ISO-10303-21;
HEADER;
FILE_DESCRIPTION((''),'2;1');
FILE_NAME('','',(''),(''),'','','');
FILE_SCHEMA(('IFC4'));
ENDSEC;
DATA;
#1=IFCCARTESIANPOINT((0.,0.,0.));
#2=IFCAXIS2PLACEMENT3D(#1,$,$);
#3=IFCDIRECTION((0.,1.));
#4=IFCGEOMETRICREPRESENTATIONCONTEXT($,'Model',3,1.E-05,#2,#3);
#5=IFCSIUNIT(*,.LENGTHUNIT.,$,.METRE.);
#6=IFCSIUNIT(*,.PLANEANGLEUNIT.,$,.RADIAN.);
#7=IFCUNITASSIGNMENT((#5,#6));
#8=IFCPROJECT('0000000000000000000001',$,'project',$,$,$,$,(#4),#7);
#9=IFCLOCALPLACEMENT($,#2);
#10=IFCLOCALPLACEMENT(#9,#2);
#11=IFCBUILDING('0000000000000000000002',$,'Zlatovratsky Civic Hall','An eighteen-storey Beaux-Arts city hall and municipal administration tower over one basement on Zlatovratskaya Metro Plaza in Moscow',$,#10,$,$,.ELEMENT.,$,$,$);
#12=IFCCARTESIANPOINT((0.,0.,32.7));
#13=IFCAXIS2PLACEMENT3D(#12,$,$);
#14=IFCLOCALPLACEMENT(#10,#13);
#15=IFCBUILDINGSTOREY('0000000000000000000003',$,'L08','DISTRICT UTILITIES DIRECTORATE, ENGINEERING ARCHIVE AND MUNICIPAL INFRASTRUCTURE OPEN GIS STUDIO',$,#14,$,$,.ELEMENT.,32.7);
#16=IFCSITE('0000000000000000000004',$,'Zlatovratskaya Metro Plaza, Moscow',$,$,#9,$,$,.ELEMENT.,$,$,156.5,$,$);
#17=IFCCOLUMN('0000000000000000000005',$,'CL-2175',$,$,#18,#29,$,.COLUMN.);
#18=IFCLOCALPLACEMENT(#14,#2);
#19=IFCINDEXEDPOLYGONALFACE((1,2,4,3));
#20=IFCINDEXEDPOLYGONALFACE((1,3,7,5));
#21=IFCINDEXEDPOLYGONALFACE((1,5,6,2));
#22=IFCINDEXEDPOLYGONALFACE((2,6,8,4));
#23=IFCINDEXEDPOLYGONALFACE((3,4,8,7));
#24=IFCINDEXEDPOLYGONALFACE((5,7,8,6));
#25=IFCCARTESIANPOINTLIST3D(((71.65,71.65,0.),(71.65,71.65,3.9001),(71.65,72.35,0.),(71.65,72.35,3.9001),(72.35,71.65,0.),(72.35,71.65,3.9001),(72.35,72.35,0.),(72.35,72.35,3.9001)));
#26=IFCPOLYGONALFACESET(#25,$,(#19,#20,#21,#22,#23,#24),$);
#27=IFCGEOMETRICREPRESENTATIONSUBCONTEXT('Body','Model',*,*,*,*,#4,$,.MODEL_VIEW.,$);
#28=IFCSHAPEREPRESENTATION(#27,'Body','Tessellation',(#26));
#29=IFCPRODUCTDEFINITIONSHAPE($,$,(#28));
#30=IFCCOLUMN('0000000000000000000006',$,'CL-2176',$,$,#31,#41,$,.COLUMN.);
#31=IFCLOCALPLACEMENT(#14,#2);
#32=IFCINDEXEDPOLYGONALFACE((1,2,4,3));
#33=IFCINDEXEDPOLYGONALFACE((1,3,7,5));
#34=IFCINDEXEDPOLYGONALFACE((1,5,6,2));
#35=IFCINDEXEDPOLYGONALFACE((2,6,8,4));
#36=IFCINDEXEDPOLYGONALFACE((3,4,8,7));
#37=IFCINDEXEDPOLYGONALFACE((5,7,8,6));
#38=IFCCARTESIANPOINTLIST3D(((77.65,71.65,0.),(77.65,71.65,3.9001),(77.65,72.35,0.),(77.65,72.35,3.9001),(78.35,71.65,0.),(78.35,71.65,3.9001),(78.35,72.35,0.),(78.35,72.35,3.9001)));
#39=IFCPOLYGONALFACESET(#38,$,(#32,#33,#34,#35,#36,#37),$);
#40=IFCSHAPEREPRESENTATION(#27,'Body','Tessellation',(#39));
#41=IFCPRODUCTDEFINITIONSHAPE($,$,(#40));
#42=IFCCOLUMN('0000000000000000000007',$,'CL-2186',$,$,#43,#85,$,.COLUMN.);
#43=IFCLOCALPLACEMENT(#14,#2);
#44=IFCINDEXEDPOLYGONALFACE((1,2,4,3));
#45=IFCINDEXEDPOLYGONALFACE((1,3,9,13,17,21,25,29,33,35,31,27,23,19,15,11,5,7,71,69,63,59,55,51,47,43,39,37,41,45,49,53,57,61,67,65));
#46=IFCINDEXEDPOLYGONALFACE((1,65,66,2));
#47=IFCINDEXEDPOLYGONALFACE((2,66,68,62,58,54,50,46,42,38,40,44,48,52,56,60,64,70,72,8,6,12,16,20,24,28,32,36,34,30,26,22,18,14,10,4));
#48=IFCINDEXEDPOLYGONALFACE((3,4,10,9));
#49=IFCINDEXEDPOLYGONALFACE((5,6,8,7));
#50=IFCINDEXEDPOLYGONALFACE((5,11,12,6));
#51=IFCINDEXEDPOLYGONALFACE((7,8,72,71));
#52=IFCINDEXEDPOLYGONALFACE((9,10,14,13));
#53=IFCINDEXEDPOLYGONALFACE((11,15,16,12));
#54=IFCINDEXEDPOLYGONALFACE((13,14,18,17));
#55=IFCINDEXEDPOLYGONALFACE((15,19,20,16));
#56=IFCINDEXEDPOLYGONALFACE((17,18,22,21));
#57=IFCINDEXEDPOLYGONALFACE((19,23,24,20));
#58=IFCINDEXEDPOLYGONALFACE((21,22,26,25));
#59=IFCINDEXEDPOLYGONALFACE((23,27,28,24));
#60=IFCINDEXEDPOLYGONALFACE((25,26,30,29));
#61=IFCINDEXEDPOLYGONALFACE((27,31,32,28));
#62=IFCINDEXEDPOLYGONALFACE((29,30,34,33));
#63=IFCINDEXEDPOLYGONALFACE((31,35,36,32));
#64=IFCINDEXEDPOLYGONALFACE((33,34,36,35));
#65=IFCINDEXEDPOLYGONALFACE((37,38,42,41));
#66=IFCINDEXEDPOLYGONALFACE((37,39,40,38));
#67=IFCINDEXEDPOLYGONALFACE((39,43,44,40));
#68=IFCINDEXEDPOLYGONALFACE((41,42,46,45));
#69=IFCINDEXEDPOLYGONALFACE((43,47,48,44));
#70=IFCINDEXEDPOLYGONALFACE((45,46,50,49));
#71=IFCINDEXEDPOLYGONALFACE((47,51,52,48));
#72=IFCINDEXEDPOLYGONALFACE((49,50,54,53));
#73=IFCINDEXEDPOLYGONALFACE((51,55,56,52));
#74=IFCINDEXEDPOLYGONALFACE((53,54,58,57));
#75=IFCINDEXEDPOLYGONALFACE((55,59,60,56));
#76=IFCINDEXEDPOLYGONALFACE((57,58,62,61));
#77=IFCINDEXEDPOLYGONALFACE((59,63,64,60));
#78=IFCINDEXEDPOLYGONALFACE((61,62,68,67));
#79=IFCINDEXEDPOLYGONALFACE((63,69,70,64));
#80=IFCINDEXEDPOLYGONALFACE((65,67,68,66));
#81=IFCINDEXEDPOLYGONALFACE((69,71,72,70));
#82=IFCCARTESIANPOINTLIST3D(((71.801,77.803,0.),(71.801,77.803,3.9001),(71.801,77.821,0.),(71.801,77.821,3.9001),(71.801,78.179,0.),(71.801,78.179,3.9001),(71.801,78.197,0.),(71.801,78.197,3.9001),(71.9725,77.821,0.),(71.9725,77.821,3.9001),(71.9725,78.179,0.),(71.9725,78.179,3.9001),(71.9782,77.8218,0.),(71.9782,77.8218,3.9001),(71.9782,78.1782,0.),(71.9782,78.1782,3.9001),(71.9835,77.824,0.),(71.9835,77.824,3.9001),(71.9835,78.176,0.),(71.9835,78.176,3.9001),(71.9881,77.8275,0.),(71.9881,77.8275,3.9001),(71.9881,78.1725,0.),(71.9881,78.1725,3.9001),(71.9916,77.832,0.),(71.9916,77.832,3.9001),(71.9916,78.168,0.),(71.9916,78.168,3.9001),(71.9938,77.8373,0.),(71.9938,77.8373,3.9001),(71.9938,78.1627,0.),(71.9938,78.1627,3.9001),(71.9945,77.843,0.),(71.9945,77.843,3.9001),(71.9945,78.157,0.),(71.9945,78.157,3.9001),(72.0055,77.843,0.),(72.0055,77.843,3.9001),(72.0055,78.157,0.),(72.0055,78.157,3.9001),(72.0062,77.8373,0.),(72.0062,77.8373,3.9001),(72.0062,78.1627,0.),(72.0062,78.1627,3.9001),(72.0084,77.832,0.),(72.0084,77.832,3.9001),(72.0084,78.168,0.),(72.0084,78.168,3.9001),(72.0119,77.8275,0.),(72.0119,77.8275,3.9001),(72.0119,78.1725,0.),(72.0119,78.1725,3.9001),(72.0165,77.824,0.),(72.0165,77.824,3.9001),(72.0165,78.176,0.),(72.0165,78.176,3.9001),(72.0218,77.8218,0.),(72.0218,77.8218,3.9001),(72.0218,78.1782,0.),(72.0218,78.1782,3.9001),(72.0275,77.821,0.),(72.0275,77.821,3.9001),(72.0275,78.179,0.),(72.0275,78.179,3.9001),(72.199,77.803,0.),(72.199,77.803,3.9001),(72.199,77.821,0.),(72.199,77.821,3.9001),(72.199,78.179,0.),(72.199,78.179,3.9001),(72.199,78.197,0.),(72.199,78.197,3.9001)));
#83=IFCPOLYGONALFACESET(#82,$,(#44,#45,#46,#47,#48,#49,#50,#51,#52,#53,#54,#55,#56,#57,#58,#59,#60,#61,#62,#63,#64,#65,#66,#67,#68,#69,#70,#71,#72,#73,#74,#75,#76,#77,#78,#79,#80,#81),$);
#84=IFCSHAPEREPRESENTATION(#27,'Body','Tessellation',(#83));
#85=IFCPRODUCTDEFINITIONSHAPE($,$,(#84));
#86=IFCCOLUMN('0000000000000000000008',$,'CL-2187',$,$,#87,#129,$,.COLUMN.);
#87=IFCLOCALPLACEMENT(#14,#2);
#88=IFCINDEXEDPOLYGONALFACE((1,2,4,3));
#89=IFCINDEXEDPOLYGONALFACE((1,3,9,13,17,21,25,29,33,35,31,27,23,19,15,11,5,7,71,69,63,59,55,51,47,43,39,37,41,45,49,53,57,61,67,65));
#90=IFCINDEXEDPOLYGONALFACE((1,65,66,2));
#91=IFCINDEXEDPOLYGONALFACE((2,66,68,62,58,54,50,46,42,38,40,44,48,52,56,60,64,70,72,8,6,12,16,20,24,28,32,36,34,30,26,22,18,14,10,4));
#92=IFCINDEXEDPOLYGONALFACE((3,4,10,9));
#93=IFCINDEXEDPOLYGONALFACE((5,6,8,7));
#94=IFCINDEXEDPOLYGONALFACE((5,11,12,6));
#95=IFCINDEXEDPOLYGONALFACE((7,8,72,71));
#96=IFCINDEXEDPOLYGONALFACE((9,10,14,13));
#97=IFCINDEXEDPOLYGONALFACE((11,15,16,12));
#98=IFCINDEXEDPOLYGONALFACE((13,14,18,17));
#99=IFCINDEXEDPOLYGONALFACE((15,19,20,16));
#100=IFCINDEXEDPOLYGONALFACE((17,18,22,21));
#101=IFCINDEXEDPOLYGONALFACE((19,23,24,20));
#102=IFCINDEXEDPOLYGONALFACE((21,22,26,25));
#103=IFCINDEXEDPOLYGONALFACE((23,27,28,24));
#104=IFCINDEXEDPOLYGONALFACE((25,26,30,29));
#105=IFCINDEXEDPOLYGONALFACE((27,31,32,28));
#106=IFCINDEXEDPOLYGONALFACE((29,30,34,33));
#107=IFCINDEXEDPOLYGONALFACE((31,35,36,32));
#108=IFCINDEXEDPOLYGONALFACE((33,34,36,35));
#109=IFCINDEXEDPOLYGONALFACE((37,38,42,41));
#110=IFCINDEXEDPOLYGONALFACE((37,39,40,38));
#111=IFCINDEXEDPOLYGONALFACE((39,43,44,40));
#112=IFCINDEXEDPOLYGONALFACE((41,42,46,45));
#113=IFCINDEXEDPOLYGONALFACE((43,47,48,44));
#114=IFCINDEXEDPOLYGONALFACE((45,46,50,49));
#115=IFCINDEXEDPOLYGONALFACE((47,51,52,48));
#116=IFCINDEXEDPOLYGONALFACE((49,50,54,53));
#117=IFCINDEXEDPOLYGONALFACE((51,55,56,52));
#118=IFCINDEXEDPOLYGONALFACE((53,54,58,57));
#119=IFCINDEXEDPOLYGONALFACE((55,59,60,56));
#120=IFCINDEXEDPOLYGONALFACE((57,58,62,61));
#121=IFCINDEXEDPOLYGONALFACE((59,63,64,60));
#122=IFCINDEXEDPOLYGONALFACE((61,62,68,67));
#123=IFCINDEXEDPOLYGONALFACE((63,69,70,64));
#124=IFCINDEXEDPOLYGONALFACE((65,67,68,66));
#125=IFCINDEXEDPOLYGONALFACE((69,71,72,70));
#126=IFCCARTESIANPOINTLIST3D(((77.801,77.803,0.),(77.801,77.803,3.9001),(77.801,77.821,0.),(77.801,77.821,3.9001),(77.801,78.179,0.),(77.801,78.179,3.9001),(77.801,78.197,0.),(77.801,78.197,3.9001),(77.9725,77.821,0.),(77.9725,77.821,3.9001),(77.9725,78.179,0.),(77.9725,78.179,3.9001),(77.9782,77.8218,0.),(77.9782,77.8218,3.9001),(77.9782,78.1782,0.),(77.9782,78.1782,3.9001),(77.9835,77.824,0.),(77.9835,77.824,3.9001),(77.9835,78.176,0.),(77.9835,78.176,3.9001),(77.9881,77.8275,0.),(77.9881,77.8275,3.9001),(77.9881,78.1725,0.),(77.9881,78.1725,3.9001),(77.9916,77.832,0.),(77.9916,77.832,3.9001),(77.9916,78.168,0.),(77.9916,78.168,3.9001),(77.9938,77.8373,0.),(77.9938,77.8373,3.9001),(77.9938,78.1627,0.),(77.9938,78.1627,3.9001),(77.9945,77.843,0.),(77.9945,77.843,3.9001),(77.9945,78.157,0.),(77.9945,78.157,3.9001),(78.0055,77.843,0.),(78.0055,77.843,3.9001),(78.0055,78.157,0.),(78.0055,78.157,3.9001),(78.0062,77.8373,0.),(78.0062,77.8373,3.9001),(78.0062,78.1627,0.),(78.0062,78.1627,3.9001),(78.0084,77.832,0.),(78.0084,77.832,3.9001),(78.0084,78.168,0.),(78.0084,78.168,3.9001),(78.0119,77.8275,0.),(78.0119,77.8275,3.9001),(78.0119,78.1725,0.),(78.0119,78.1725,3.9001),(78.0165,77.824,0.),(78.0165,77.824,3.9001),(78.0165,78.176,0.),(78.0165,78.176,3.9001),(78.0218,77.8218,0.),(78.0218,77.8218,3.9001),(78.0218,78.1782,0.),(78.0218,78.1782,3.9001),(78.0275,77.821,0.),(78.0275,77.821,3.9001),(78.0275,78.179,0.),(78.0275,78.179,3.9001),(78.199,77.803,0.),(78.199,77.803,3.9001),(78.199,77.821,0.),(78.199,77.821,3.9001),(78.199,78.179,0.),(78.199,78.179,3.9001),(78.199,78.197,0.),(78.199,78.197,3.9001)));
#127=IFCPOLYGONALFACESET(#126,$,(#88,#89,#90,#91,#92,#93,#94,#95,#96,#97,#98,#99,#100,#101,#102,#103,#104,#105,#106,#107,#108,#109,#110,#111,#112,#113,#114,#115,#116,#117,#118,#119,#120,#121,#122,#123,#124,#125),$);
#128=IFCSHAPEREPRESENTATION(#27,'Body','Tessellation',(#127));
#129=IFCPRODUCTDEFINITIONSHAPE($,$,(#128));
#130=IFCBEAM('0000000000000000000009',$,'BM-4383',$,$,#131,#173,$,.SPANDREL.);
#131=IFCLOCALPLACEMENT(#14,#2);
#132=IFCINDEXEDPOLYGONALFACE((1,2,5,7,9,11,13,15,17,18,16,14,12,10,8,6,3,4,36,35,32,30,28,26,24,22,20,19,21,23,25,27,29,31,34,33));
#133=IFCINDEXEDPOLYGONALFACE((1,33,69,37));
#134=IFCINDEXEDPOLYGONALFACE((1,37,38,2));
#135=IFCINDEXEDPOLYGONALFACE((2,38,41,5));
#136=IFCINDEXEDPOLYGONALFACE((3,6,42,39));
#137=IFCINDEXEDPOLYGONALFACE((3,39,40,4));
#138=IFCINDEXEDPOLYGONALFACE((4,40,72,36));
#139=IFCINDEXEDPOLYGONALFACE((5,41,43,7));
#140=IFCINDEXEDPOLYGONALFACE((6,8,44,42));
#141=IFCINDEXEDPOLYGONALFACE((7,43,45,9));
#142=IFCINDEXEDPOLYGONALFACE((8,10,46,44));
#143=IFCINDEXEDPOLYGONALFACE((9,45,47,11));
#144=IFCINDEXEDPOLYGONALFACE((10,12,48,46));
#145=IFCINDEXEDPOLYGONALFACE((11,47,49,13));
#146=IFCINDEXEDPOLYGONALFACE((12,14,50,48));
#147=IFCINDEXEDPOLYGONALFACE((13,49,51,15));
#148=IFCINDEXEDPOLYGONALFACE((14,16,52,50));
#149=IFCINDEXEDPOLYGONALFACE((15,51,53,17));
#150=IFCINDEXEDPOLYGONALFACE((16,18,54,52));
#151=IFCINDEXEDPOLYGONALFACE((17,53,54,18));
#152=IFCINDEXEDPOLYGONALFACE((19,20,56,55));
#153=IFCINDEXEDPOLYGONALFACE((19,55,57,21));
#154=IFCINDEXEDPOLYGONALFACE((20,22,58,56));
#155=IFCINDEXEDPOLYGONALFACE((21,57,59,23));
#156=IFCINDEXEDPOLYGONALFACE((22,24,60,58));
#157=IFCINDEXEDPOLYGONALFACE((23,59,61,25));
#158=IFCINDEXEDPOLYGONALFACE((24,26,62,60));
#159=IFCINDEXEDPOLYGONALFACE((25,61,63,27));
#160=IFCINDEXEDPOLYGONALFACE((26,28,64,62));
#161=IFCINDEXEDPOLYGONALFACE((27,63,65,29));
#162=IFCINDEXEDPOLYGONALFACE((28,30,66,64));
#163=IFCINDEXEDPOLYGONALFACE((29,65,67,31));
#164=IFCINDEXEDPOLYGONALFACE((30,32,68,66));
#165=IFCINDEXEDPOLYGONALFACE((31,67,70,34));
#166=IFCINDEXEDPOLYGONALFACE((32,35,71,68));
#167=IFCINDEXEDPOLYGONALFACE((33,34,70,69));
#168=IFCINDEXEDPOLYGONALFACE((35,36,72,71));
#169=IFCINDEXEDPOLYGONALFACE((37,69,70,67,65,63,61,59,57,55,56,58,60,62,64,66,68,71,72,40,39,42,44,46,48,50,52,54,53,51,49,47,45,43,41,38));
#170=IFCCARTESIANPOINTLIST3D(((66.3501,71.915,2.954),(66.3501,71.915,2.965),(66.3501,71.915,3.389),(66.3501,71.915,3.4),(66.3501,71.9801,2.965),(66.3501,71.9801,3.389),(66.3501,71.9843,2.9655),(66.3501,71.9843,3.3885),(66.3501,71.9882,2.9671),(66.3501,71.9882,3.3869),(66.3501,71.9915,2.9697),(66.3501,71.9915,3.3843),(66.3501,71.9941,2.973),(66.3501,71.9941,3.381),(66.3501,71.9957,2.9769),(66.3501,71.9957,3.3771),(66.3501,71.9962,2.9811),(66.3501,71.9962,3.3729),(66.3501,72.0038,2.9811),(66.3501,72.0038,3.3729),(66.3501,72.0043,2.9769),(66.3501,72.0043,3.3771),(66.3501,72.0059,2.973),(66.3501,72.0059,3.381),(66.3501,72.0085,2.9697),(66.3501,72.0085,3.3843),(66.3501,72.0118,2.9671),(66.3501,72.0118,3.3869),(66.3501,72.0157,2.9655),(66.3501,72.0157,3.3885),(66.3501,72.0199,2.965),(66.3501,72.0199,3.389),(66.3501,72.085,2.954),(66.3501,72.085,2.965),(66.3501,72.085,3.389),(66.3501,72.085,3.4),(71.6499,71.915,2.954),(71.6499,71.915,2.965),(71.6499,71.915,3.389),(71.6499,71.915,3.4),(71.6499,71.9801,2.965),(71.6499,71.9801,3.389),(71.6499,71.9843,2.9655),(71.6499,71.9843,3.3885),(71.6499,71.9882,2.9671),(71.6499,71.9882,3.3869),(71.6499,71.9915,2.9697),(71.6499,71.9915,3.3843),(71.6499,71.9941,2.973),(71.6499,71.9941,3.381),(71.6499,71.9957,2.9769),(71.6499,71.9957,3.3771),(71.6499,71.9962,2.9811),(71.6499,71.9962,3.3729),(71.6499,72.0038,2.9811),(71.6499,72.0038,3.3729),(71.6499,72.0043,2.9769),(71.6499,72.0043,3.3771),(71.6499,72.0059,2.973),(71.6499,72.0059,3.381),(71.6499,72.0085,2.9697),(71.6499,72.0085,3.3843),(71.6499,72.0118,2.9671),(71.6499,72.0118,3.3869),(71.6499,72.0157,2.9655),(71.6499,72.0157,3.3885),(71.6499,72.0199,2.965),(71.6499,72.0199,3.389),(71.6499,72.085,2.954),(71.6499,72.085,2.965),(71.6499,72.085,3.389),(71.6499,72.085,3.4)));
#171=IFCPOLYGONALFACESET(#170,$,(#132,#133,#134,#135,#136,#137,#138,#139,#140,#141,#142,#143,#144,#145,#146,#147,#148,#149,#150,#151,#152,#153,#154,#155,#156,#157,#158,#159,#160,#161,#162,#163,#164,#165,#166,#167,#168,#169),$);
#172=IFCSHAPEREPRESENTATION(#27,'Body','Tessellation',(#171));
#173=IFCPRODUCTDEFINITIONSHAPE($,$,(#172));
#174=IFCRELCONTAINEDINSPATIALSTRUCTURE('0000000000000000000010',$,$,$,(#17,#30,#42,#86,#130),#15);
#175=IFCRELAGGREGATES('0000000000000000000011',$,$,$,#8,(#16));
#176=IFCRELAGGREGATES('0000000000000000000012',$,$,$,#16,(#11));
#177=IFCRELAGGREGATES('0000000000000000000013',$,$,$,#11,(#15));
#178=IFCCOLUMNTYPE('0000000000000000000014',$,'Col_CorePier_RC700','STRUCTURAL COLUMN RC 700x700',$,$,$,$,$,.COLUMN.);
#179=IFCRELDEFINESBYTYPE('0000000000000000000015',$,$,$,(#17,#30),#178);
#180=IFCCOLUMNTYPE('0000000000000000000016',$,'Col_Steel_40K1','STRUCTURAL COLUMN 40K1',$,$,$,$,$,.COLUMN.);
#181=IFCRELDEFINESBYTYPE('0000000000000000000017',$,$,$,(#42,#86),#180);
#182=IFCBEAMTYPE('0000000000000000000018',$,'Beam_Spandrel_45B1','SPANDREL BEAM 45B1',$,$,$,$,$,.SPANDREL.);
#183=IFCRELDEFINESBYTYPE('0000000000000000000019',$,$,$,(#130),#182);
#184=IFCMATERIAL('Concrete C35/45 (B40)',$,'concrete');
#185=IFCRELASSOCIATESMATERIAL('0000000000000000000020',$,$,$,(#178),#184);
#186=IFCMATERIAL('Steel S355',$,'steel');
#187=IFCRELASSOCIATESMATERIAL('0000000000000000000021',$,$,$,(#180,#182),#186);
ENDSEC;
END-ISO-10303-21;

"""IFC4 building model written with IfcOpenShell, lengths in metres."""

from ifc_helpers import new_model, si_unit, direction, frame, origin, origin_2d, place, context, subcontext, project, spatial, rectangle, i_section, extrude, material, material_profile, profile_set, type_object, element, save


model = new_model("IFC4")

# Units and contexts
model_context = context("Model", 3, precision=1e-05, world=origin(), true_north=direction((0.0, 1.0)))
body_context = subcontext(model_context, "Body", "Model", "MODEL_VIEW")
ifc_project = project(units=[si_unit("LENGTHUNIT", "METRE"), si_unit("PLANEANGLEUNIT", "RADIAN")], contexts=[model_context])

# Site, building, storey
site_placement = place(None, origin())
site = spatial("IfcSite", under=ifc_project, at=site_placement, Name="Zlatovratskaya Metro Plaza, Moscow", CompositionType="ELEMENT", RefElevation=156.5)
building_placement = place(site_placement, origin())
building = spatial("IfcBuilding", under=site, at=building_placement, Name="Zlatovratsky Civic Hall", Description="An eighteen-storey Beaux-Arts city hall and municipal administration tower over one basement on Zlatovratskaya Metro Plaza in Moscow", CompositionType="ELEMENT")
storey_placement = place(building_placement, frame((0.0, 0.0, 32.7)))
storey = spatial("IfcBuildingStorey", under=building, at=storey_placement, Name="L08", Description="DISTRICT UTILITIES DIRECTORATE, ENGINEERING ARCHIVE AND MUNICIPAL INFRASTRUCTURE OPEN GIS STUDIO", CompositionType="ELEMENT", Elevation=32.7)

# Columns
ifc_material_1 = material(Name="Concrete C35/45 (B40)", Category="concrete")
ifc_material_profile_1 = material_profile(ifc_material_1, rectangle(XDim=0.7, YDim=0.7, at=origin_2d()), Name="RC 700x700")
ifc_profile_set_1 = profile_set([ifc_material_profile_1], Name="Concrete C35/45 (B40)")
column_type_1 = type_object("IfcColumnType", Name="Col_CorePier_RC700", Description="STRUCTURAL COLUMN RC 700x700", PredefinedType="COLUMN", material=ifc_profile_set_1)
for number, where, z_axis, x_axis, name in (
    (1, (72.0, 72.0, 0.0), (0.0, 0.0, 1.0), (1.0, 0.0, 0.0), "CL-2175"),
    (2, (78.0, 72.0, 0.0), (0.0, 0.0, 1.0), (1.0, 0.0, 0.0), "CL-2176"),
):
    element("IfcColumn", number, at=place(storey_placement, frame(where, z_axis=z_axis, x_axis=x_axis)), inside=storey, type_object=column_type_1, Name=name, PredefinedType="COLUMN", context=body_context, shape_type="SweptSolid", body=[
        extrude(rectangle(XDim=0.7, YDim=0.7, at=origin_2d()), origin(), (0.0, 0.0, 1.0), 3.9001),
    ])
ifc_material_2 = material(Name="Steel S355", Category="steel")
ifc_material_profile_2 = material_profile(ifc_material_2, i_section(OverallWidth=0.3979, OverallDepth=0.394, WebThickness=0.011, FlangeThickness=0.0181, FilletRadius=0.022, at=origin_2d()), Name="40K1")
ifc_profile_set_2 = profile_set([ifc_material_profile_2], Name="Steel S355")
column_type_2 = type_object("IfcColumnType", Name="Col_Steel_40K1", Description="STRUCTURAL COLUMN 40K1", PredefinedType="COLUMN", material=ifc_profile_set_2)
for number, where, z_axis, x_axis, name in (
    (3, (72.0, 78.0, 0.0), (0.0, 0.0, 1.0), (1.0, 0.0, 0.0), "CL-2186"),
    (4, (78.0, 78.0, 0.0), (0.0, 0.0, 1.0), (1.0, 0.0, 0.0), "CL-2187"),
):
    element("IfcColumn", number, at=place(storey_placement, frame(where, z_axis=z_axis, x_axis=x_axis)), inside=storey, type_object=column_type_2, Name=name, PredefinedType="COLUMN", context=body_context, shape_type="SweptSolid", body=[
        extrude(i_section(OverallWidth=0.3979, OverallDepth=0.394, WebThickness=0.011, FlangeThickness=0.0181, FilletRadius=0.022, at=origin_2d()), origin(), (0.0, 0.0, 1.0), 3.9001),
    ])

# Beam
ifc_material_profile_3 = material_profile(ifc_material_2, i_section(OverallWidth=0.1699, OverallDepth=0.446, WebThickness=0.0076, FlangeThickness=0.011, FilletRadius=0.0161, at=origin_2d()), Name="45B1")
ifc_profile_set_3 = profile_set([ifc_material_profile_3], Name="Steel S355")
beam_type_1 = type_object("IfcBeamType", Name="Beam_Spandrel_45B1", Description="SPANDREL BEAM 45B1", PredefinedType="SPANDREL", material=ifc_profile_set_3)
for number, where, z_axis, x_axis, name in (
    (5, (66.3501, 72.0, 3.177), (1.0, 0.0, 0.0), (0.0, 1.0, 0.0), "BM-4383"),
):
    element("IfcBeam", number, at=place(storey_placement, frame(where, z_axis=z_axis, x_axis=x_axis)), inside=storey, type_object=beam_type_1, Name=name, PredefinedType="SPANDREL", context=body_context, shape_type="SweptSolid", body=[
        extrude(i_section(OverallWidth=0.1699, OverallDepth=0.446, WebThickness=0.0076, FlangeThickness=0.011, FilletRadius=0.0161, at=origin_2d()), origin(), (0.0, 0.0, 1.0), 5.2998),
    ])

save(model, "model.ifc")
